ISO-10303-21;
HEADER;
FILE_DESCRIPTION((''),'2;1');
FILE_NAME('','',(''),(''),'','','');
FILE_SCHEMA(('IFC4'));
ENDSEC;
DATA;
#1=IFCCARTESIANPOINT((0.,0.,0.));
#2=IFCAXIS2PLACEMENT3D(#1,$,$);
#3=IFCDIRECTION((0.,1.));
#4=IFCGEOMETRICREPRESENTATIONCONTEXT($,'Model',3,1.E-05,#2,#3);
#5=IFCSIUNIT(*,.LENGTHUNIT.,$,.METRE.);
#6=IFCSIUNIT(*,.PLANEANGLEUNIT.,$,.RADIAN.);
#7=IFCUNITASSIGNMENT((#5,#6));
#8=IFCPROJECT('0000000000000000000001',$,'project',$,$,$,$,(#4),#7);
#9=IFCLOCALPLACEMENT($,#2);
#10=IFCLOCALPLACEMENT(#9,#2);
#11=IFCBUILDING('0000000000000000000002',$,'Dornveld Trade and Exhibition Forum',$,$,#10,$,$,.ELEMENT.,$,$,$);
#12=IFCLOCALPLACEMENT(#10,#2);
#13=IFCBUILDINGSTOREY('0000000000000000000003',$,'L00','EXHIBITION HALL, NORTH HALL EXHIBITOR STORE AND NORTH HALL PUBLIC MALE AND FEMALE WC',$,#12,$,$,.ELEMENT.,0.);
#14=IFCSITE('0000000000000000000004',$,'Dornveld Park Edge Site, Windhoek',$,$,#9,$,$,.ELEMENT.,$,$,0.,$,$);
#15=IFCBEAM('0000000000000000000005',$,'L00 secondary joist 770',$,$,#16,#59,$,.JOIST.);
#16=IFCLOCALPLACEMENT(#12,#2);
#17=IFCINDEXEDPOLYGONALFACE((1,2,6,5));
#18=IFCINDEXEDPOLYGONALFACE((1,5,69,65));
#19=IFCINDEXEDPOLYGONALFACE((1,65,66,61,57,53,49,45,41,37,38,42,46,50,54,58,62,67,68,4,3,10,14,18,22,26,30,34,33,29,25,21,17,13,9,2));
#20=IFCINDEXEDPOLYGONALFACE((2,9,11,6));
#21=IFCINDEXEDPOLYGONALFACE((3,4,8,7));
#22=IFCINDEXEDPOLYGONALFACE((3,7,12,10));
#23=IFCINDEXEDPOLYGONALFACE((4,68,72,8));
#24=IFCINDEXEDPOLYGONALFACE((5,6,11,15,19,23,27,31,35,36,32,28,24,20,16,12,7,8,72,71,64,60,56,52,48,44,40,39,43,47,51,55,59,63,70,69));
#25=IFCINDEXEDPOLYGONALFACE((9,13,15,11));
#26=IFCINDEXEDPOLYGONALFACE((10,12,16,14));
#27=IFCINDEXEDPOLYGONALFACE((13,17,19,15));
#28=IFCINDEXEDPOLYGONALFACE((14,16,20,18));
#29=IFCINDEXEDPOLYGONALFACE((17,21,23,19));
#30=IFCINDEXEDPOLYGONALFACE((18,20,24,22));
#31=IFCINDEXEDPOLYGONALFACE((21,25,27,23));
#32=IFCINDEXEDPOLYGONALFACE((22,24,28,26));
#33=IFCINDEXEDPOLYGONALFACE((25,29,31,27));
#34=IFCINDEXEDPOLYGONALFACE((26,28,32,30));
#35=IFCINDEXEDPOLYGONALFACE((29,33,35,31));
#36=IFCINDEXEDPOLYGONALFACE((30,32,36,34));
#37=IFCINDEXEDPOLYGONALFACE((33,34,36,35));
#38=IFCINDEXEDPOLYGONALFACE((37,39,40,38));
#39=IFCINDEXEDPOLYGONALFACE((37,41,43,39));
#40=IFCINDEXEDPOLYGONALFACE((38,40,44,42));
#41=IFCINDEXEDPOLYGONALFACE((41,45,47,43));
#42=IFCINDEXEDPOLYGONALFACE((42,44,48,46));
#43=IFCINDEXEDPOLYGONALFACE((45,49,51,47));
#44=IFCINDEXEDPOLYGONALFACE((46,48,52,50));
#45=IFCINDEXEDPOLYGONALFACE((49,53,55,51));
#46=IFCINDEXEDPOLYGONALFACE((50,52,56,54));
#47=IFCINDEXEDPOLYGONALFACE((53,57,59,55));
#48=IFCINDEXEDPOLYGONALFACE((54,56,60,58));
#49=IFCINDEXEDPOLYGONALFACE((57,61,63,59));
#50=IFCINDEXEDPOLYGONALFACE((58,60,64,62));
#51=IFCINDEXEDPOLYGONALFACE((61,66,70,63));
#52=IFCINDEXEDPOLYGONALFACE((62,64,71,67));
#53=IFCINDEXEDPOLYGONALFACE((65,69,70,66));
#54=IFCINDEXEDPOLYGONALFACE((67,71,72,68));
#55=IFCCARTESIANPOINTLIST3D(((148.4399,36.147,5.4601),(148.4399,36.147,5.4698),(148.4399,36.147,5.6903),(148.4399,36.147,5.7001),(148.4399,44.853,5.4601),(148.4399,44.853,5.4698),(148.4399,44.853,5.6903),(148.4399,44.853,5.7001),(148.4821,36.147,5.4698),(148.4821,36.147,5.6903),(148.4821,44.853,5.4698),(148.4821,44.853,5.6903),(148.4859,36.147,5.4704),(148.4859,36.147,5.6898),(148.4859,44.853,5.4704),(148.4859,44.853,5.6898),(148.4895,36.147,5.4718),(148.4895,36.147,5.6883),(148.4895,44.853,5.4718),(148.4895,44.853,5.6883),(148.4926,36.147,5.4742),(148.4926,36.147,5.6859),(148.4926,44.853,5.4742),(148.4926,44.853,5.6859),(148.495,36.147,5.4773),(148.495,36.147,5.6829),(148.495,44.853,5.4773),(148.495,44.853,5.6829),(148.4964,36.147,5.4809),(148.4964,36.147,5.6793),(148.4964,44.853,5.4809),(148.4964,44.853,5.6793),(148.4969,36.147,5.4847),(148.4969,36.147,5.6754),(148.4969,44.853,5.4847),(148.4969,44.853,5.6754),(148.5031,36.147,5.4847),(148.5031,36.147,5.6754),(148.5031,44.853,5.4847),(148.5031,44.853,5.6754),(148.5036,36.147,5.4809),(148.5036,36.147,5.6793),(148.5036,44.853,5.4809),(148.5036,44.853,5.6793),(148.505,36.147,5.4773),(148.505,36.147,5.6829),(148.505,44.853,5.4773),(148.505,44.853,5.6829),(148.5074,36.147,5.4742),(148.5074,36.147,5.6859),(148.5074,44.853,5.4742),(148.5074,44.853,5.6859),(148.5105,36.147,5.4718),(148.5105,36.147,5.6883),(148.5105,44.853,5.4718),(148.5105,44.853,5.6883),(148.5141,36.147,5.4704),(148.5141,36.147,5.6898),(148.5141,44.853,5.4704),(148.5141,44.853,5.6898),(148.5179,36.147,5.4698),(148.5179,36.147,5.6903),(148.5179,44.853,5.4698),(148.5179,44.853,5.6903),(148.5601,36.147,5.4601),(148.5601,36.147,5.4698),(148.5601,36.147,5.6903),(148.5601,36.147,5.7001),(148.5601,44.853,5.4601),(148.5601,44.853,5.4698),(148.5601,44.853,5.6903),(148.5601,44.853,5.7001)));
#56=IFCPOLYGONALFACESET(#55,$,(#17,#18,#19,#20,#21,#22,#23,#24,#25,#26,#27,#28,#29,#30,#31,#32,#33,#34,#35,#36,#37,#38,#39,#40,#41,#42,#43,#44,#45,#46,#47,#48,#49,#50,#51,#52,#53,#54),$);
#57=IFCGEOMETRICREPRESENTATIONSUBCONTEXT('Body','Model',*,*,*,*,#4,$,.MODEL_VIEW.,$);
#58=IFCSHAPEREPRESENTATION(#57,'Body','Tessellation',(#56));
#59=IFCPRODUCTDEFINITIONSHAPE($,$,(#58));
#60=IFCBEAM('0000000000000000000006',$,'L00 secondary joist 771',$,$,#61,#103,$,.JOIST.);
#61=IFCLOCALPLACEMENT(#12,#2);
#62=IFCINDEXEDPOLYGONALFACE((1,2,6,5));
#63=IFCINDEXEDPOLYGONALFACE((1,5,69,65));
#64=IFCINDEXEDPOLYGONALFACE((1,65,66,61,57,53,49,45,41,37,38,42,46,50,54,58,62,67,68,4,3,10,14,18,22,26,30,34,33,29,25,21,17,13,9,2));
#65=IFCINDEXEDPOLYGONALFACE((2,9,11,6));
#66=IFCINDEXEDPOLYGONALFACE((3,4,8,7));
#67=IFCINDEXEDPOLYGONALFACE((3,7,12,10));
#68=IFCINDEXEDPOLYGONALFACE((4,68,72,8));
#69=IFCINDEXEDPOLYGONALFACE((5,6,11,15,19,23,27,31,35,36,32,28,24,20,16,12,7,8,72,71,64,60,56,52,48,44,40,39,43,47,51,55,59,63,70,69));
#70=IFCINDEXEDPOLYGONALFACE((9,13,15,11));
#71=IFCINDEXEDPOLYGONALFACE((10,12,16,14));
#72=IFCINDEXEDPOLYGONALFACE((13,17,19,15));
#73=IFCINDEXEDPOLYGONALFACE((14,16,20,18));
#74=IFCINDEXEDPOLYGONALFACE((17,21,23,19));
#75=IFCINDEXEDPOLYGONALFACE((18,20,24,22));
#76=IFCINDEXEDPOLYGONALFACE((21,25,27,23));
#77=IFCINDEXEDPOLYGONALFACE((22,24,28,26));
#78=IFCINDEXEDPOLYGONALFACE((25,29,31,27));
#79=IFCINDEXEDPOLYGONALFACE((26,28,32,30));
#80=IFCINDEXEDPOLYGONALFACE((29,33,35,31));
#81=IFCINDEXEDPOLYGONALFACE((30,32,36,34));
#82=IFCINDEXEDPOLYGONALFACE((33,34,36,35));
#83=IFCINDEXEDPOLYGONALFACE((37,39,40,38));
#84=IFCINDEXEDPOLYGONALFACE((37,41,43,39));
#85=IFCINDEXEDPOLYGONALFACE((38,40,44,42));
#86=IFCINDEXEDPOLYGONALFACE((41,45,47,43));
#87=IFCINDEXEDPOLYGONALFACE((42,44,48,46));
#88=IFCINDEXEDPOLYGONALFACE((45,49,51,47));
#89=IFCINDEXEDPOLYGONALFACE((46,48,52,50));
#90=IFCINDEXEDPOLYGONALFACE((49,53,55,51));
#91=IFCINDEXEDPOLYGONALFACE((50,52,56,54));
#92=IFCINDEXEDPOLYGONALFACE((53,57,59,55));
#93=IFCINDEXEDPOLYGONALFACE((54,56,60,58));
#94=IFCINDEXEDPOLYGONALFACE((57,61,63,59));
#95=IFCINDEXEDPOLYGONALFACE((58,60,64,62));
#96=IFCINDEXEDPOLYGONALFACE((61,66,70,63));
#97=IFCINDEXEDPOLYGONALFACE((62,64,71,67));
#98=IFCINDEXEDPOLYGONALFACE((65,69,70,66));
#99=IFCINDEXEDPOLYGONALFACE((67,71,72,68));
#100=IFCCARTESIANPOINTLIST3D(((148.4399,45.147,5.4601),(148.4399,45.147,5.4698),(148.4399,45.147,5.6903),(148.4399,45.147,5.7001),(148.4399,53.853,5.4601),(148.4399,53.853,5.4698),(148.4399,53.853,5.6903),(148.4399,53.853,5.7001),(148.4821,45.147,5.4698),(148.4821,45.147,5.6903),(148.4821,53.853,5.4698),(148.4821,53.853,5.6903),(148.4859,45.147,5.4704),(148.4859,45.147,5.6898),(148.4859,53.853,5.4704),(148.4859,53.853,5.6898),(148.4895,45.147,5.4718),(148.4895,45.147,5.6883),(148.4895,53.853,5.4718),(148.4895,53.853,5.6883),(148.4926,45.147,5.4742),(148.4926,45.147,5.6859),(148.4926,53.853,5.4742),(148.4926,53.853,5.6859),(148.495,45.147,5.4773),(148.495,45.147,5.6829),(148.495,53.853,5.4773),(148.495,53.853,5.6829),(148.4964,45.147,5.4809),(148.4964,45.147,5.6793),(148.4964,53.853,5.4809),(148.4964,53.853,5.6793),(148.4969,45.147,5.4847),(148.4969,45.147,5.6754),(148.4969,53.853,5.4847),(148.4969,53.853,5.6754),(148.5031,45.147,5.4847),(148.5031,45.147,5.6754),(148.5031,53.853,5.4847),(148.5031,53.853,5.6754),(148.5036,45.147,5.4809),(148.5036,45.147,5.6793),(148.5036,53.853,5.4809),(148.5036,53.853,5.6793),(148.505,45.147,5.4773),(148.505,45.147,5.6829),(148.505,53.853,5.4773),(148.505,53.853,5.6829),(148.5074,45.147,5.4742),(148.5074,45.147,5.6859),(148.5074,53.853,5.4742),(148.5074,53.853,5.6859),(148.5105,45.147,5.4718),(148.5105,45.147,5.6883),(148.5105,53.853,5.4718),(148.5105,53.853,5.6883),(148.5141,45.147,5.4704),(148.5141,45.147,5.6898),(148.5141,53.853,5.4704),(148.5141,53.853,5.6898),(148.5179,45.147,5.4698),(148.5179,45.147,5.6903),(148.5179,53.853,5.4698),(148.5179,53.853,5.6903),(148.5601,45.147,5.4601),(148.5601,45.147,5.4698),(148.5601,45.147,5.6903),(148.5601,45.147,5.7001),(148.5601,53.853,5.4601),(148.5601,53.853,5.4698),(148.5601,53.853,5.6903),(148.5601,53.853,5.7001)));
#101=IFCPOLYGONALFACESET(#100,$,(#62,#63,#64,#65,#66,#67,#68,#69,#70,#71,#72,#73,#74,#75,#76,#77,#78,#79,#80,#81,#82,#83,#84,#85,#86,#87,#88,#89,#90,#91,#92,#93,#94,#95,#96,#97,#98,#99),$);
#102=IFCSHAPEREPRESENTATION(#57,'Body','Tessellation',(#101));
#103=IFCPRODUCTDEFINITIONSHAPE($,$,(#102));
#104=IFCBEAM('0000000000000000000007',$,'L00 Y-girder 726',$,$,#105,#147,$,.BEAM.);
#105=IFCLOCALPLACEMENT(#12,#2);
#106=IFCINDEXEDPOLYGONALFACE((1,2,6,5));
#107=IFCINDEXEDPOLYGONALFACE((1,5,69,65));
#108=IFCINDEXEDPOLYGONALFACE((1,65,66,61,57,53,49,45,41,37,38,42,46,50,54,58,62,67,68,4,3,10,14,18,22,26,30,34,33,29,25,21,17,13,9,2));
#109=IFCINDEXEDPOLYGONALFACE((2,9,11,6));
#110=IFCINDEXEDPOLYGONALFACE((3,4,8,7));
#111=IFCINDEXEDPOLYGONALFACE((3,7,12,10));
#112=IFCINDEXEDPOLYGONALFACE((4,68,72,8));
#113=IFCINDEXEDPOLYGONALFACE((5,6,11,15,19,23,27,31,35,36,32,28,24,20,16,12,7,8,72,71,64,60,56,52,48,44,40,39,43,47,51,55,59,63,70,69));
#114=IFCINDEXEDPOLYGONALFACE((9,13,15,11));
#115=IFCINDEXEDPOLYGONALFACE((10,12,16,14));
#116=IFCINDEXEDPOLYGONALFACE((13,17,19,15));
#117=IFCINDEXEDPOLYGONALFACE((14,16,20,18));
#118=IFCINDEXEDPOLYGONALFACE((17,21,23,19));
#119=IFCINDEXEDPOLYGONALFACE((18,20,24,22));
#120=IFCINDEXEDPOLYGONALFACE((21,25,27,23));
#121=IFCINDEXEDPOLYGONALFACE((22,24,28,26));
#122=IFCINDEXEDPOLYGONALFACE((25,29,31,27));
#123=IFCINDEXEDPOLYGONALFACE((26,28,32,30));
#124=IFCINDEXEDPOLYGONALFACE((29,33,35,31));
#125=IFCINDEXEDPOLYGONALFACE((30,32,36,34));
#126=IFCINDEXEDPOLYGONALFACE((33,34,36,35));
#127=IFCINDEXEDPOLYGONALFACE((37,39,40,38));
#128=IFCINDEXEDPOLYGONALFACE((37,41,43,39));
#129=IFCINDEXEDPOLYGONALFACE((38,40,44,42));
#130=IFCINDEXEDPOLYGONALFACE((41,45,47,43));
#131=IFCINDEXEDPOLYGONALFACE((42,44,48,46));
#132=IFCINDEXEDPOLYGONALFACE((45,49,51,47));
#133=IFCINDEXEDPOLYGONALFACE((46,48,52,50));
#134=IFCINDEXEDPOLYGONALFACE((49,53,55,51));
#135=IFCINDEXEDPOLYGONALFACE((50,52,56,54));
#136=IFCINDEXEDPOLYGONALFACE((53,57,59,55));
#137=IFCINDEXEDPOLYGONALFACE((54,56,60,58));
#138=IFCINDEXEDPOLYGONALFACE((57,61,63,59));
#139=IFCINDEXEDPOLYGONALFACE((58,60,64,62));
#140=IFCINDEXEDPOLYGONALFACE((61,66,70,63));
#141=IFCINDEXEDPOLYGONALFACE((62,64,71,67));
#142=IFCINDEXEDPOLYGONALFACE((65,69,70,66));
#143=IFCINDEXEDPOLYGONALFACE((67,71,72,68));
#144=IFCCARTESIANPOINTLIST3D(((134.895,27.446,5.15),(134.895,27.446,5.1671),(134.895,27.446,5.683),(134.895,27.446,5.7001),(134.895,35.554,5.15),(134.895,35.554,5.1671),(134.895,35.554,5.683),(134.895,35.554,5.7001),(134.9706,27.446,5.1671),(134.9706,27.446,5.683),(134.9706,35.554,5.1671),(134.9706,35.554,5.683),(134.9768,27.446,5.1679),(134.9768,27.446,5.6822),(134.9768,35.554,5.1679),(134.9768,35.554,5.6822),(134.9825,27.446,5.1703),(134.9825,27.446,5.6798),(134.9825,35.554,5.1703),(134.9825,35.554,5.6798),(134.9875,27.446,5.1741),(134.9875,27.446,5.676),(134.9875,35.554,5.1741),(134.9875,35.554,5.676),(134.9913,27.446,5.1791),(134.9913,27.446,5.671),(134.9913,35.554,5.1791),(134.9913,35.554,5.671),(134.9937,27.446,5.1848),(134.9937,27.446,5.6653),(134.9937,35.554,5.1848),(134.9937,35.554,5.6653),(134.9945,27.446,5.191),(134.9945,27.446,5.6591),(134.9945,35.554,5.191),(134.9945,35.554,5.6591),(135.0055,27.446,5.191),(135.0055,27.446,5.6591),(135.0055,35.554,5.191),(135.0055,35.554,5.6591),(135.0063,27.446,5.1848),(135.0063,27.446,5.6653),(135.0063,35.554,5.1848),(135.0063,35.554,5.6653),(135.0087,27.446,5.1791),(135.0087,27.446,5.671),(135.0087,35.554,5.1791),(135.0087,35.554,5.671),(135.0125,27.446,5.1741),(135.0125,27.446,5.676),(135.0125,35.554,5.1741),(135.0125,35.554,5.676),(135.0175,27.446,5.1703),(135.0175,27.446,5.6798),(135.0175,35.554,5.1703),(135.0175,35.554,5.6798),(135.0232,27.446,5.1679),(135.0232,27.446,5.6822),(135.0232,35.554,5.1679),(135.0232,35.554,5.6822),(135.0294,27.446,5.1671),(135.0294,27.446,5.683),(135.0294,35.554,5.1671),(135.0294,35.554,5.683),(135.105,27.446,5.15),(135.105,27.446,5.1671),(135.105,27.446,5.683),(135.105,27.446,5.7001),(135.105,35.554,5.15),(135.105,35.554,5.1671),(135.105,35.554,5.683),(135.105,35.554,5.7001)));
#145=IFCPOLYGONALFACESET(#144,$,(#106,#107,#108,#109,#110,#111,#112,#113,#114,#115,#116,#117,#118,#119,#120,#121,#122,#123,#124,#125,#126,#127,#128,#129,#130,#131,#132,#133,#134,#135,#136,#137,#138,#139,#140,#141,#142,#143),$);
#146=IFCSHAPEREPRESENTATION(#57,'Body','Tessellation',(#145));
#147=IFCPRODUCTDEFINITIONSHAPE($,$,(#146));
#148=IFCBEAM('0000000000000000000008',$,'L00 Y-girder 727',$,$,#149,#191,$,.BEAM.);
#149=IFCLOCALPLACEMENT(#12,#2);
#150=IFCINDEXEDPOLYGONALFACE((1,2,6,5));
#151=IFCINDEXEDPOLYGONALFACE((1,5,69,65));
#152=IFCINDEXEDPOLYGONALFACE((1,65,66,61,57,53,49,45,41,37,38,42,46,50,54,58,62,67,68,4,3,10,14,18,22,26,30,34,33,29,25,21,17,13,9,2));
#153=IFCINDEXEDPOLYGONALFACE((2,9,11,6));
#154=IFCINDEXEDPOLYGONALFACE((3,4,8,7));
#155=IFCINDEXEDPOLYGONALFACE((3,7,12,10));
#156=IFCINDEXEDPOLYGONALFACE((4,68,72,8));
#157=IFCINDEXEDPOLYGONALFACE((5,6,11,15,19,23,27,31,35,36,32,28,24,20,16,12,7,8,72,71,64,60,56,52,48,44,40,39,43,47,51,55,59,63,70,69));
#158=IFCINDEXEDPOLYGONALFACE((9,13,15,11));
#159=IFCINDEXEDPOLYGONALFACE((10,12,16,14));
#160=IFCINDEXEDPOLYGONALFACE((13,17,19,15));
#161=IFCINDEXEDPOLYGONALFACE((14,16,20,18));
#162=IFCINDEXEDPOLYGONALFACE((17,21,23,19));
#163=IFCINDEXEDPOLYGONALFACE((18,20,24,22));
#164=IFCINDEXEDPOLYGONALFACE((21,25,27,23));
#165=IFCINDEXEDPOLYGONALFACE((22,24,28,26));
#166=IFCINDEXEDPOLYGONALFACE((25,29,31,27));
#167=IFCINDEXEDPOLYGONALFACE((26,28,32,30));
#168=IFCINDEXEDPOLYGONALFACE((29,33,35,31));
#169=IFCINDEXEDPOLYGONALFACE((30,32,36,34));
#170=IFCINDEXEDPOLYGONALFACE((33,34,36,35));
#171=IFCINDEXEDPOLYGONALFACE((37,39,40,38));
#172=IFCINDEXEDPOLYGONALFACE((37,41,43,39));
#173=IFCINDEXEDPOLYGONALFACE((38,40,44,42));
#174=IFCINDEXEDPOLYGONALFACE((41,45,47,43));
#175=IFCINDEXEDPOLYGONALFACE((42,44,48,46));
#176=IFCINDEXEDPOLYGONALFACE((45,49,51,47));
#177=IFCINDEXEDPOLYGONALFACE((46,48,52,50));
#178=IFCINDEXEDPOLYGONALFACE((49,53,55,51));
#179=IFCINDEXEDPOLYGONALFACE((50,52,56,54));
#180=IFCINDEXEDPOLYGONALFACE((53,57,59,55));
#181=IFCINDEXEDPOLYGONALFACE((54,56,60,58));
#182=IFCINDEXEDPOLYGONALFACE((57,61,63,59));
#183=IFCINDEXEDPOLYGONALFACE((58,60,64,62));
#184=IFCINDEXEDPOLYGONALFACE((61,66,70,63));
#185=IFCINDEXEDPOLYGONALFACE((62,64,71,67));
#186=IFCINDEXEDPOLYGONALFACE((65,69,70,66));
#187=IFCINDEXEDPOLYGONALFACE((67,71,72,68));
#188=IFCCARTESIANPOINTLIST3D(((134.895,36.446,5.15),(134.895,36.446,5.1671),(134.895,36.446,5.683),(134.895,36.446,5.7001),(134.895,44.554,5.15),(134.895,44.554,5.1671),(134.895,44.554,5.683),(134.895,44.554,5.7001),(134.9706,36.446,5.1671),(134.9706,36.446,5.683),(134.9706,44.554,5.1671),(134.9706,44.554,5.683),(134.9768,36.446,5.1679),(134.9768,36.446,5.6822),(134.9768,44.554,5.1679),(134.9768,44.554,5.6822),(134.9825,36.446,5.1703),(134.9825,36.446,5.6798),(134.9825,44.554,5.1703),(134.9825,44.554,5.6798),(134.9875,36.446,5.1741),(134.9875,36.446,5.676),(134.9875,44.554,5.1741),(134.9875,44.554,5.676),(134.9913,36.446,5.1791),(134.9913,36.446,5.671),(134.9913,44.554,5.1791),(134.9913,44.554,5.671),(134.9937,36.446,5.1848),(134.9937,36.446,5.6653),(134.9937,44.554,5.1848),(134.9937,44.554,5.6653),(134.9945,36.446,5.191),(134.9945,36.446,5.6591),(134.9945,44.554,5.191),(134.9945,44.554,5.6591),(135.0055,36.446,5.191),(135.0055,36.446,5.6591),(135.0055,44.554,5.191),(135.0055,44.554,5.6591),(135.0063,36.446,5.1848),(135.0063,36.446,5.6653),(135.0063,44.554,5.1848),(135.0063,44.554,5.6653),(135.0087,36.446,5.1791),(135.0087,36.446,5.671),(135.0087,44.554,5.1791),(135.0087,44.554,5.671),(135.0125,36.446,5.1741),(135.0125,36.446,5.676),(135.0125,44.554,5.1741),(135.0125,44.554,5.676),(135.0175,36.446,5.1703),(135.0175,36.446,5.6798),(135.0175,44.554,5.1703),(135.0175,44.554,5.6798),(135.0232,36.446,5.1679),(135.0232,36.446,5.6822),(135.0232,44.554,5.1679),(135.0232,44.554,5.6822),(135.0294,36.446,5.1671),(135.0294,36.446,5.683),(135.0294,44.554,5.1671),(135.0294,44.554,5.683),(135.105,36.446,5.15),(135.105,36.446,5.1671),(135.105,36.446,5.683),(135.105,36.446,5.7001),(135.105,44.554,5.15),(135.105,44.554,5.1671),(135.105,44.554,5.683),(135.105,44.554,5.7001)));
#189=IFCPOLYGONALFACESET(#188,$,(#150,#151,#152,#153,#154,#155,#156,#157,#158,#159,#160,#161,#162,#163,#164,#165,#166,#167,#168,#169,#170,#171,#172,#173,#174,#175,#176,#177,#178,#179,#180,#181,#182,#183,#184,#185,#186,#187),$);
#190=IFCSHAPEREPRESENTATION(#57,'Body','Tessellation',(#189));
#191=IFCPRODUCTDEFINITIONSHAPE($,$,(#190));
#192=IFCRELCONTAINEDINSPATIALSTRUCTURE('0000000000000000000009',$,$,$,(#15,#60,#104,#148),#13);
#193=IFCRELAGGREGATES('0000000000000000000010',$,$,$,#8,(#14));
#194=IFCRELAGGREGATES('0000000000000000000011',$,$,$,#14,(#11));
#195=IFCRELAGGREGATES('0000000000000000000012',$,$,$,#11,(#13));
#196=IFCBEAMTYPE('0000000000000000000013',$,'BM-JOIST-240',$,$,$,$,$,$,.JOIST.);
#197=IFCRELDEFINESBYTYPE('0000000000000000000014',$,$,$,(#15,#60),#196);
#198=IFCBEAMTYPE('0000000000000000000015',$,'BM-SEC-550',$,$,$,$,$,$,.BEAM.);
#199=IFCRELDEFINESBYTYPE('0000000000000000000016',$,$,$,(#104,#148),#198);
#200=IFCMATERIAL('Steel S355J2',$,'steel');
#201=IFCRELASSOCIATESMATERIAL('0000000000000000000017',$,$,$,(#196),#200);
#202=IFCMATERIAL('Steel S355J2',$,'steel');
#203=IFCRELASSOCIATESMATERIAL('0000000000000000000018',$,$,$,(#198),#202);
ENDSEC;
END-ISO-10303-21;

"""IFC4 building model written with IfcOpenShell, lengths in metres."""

from ifc_helpers import new_model, si_unit, direction, frame, origin, origin_2d, place, context, subcontext, project, spatial, i_section, extrude, material, material_profile, profile_set, type_object, element, save


model = new_model("IFC4")

# Units and contexts
model_context = context("Model", 3, precision=1e-05, world=origin(), true_north=direction((0.0, 1.0)))
body_context = subcontext(model_context, "Body", "Model", "MODEL_VIEW")
ifc_project = project(units=[si_unit("LENGTHUNIT", "METRE"), si_unit("PLANEANGLEUNIT", "RADIAN")], contexts=[model_context])

# Site, building, storey
site_placement = place(None, origin())
site = spatial("IfcSite", under=ifc_project, at=site_placement, Name="Dornveld Park Edge Site, Windhoek", CompositionType="ELEMENT", RefElevation=0.0)
building_placement = place(site_placement, origin())
building = spatial("IfcBuilding", under=site, at=building_placement, Name="Dornveld Trade and Exhibition Forum", CompositionType="ELEMENT")
storey_placement = place(building_placement, origin())
storey = spatial("IfcBuildingStorey", under=building, at=storey_placement, Name="L00", Description="EXHIBITION HALL, NORTH HALL EXHIBITOR STORE AND NORTH HALL PUBLIC MALE AND FEMALE WC", CompositionType="ELEMENT", Elevation=0.0)

# Beams
ifc_material_1 = material(Name="Steel S355J2", Category="steel")
ifc_material_profile_1 = material_profile(ifc_material_1, i_section(OverallWidth=0.1201, OverallDepth=0.24, WebThickness=0.0061, FlangeThickness=0.0098, FilletRadius=0.0149, at=origin_2d()), Name="IPE 240")
ifc_profile_set_1 = profile_set([ifc_material_profile_1], Name="Steel S355J2")
beam_type_1 = type_object("IfcBeamType", Name="BM-JOIST-240", PredefinedType="JOIST", material=ifc_profile_set_1)
for number, where, z_axis, x_axis, name in (
    (1, (148.5, 36.147, 5.5801), (0.0, 1.0, 0.0), (-1.0, 0.0, 0.0), "L00 secondary joist 770"),
    (2, (148.5, 45.147, 5.5801), (0.0, 1.0, 0.0), (-1.0, 0.0, 0.0), "L00 secondary joist 771"),
):
    element("IfcBeam", number, at=place(storey_placement, frame(where, z_axis=z_axis, x_axis=x_axis)), inside=storey, type_object=beam_type_1, Name=name, PredefinedType="JOIST", context=body_context, shape_type="SweptSolid", body=[
        extrude(i_section(OverallWidth=0.1201, OverallDepth=0.24, WebThickness=0.0061, FlangeThickness=0.0098, FilletRadius=0.0149, at=origin_2d()), origin(), (0.0, 0.0, 1.0), 8.7061),
    ])
ifc_material_2 = material(Name="Steel S355J2", Category="steel")
ifc_material_profile_2 = material_profile(ifc_material_2, i_section(OverallWidth=0.21, OverallDepth=0.55, WebThickness=0.011, FlangeThickness=0.0171, FilletRadius=0.0239, at=origin_2d()), Name="IPE 550")
ifc_profile_set_2 = profile_set([ifc_material_profile_2], Name="Steel S355J2")
beam_type_2 = type_object("IfcBeamType", Name="BM-SEC-550", PredefinedType="BEAM", material=ifc_profile_set_2)
for number, where, z_axis, x_axis, name in (
    (3, (135.0, 27.446, 5.425), (0.0, 1.0, 0.0), (-1.0, 0.0, 0.0), "L00 Y-girder 726"),
    (4, (135.0, 36.446, 5.425), (0.0, 1.0, 0.0), (-1.0, 0.0, 0.0), "L00 Y-girder 727"),
):
    element("IfcBeam", number, at=place(storey_placement, frame(where, z_axis=z_axis, x_axis=x_axis)), inside=storey, type_object=beam_type_2, Name=name, PredefinedType="BEAM", context=body_context, shape_type="SweptSolid", body=[
        extrude(i_section(OverallWidth=0.21, OverallDepth=0.55, WebThickness=0.011, FlangeThickness=0.0171, FilletRadius=0.0239, at=origin_2d()), origin(), (0.0, 0.0, 1.0), 8.1079),
    ])

save(model, "model.ifc")
